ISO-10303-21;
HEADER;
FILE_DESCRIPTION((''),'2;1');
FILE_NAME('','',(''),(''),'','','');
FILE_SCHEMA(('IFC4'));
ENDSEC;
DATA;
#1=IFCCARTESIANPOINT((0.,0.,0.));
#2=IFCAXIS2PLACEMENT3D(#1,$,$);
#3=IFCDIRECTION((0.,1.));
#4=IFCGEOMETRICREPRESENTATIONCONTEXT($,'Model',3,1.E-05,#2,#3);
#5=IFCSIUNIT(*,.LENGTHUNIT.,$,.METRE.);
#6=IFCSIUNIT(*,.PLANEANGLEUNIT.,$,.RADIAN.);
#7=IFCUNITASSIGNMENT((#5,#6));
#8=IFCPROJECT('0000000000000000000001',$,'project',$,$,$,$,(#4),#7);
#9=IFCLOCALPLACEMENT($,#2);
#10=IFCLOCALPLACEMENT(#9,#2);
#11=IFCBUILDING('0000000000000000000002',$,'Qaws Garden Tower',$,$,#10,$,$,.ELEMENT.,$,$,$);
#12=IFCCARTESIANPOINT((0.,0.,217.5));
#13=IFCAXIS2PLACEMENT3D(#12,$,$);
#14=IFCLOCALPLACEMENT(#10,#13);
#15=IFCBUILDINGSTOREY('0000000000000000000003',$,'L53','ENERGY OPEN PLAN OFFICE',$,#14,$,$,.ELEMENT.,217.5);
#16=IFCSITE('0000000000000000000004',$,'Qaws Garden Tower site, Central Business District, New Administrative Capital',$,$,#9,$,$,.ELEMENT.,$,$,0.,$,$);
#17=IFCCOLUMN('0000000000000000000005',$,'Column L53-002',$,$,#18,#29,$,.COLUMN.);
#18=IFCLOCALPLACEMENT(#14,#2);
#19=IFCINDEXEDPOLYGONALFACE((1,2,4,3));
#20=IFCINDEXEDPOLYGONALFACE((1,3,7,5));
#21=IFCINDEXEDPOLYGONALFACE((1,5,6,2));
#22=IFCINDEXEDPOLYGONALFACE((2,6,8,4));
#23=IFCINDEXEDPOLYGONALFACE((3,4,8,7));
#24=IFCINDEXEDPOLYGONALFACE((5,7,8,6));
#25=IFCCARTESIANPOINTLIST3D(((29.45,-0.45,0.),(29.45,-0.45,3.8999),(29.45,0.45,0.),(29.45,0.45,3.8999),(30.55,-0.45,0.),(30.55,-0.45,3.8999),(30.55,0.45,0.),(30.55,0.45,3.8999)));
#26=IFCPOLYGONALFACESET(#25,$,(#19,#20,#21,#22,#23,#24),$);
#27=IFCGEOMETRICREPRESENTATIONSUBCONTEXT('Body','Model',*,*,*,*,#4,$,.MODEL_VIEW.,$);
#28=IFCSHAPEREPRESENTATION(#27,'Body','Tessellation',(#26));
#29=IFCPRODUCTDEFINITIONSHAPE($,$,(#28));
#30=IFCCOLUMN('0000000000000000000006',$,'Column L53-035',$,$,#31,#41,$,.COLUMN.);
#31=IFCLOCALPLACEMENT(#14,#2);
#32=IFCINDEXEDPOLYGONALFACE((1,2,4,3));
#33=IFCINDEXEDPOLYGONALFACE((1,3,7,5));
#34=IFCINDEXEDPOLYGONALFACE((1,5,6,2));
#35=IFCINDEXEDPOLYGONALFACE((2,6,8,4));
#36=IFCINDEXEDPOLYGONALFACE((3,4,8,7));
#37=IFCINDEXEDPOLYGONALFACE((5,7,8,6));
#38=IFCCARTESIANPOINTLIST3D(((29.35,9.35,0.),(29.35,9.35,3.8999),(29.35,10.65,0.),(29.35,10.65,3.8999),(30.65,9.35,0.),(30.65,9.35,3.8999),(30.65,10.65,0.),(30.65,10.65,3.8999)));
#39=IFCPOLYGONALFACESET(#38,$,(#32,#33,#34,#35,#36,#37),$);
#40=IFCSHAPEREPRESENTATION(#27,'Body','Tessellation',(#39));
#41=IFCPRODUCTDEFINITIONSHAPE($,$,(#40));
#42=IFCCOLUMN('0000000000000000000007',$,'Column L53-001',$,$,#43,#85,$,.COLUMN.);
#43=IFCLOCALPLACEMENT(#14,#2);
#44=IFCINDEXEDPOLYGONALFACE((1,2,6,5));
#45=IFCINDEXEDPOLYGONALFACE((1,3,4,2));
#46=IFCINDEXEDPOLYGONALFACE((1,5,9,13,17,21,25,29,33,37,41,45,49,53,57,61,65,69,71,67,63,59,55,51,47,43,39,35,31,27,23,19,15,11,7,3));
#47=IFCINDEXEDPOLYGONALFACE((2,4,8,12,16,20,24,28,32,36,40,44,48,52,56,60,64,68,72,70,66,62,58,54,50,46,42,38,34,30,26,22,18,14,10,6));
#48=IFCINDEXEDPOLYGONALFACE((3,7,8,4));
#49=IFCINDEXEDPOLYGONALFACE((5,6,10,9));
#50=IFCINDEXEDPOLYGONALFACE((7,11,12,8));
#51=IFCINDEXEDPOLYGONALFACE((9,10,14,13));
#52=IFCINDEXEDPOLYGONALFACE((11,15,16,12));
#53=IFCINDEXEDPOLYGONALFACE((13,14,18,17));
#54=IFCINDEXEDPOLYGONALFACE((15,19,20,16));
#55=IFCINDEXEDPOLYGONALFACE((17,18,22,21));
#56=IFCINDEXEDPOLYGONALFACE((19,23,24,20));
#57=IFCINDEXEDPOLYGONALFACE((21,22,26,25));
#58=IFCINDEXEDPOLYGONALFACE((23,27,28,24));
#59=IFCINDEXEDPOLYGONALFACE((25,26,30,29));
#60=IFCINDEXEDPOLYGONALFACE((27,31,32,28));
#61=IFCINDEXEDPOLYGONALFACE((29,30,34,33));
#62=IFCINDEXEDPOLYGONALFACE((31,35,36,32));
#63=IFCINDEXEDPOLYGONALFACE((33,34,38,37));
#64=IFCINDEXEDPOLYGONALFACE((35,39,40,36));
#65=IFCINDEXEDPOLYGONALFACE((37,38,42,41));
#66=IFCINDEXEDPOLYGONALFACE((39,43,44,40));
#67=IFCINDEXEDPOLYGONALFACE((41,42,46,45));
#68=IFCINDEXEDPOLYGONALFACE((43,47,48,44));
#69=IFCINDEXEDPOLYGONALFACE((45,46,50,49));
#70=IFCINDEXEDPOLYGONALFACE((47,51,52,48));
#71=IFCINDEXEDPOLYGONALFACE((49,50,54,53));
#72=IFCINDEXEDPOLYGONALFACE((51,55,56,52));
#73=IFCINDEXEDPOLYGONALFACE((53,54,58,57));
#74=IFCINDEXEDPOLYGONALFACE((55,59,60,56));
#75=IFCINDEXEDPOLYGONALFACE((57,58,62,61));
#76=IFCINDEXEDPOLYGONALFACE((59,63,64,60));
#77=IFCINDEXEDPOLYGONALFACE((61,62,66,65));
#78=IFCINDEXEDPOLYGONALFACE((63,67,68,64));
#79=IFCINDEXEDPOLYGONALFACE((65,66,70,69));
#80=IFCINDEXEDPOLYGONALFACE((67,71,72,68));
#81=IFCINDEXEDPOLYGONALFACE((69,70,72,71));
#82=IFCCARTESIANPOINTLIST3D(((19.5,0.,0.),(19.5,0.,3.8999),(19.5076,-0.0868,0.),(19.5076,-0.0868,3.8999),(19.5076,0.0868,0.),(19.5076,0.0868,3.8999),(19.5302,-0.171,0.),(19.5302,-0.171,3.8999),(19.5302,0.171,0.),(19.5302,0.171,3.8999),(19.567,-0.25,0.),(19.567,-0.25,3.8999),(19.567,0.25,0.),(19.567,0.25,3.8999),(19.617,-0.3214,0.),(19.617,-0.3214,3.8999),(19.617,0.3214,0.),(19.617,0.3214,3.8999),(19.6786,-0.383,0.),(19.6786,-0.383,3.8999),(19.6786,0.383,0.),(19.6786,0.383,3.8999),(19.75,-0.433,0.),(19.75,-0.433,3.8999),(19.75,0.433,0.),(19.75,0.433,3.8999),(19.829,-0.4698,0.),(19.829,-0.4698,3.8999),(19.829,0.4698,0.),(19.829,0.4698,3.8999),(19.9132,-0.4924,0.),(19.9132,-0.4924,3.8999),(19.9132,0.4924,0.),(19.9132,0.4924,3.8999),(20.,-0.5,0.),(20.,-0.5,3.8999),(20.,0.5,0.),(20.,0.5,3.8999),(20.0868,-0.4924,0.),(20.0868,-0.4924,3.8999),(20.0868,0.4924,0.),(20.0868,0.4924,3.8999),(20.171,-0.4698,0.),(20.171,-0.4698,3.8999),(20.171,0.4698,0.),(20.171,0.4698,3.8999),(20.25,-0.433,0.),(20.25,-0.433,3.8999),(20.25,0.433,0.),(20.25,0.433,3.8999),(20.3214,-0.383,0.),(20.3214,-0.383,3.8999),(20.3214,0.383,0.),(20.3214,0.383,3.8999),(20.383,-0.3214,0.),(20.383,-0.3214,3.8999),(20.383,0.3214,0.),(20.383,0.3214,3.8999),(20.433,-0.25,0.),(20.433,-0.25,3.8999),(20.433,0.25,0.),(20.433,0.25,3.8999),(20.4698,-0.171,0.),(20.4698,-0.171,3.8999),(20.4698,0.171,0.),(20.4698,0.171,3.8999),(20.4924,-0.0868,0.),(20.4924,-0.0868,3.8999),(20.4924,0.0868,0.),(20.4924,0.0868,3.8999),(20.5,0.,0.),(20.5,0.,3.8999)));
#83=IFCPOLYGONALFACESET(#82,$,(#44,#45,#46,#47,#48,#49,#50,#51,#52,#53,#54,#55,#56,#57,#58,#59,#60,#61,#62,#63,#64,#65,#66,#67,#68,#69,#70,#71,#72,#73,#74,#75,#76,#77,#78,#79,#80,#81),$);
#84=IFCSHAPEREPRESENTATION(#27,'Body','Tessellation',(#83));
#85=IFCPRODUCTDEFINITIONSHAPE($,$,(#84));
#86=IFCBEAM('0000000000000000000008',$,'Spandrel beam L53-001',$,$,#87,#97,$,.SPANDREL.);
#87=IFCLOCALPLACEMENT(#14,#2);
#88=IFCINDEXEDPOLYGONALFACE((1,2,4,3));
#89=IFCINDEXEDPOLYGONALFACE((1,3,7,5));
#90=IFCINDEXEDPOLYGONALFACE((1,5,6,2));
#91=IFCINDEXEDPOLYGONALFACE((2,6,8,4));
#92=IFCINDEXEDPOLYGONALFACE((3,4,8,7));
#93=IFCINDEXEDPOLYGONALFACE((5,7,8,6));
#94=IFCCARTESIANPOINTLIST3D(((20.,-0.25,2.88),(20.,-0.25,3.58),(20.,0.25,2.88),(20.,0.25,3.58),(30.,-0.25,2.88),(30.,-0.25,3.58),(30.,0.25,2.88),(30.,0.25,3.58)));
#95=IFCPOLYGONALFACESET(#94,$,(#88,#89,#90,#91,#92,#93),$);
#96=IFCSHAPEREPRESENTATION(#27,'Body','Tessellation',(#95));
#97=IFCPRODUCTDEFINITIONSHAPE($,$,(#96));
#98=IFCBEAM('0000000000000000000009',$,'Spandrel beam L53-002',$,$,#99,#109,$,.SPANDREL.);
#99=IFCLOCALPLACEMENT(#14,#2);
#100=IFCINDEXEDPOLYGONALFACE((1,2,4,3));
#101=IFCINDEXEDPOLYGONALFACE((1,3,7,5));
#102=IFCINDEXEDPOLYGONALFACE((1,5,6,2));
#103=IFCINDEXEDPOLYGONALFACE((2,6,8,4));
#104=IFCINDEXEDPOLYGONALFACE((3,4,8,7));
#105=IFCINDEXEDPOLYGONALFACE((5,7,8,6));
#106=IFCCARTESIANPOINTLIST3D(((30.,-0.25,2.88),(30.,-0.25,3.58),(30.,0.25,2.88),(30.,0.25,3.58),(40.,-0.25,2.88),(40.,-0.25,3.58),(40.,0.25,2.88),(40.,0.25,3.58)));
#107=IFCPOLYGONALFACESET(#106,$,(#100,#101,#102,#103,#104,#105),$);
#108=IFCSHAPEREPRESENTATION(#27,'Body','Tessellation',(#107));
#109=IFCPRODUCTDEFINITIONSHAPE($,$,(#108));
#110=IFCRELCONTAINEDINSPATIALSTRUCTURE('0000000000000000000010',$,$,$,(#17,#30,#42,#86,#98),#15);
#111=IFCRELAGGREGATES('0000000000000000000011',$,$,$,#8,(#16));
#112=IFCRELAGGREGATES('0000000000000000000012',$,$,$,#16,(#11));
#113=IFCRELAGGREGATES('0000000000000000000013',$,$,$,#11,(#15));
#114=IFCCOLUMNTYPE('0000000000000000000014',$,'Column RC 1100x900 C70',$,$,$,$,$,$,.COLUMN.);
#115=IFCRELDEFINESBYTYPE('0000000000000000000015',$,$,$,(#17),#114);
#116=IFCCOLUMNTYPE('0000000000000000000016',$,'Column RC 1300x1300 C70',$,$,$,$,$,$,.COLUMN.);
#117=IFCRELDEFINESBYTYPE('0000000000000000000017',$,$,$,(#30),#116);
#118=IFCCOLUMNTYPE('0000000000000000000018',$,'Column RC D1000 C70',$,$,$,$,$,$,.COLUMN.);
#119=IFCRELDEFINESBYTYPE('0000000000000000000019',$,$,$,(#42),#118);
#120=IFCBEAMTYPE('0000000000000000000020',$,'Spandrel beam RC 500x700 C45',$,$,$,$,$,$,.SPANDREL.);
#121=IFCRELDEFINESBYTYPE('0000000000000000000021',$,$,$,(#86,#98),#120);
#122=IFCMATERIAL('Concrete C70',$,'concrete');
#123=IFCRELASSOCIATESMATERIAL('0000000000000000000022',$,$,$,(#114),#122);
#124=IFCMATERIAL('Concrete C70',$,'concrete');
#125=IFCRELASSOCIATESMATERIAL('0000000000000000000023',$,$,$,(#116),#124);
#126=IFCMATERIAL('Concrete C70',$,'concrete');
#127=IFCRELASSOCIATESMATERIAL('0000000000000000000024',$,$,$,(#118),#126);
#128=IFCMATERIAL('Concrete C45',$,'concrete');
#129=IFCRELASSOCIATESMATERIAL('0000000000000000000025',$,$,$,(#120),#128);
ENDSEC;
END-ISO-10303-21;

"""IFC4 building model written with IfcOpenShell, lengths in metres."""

from ifc_helpers import new_model, si_unit, direction, frame, origin, origin_2d, place, context, subcontext, project, spatial, rectangle, circle, extrude, material, material_profile, profile_set, type_object, element, save


model = new_model("IFC4")

# Units and contexts
model_context = context("Model", 3, precision=1e-05, world=origin(), true_north=direction((0.0, 1.0)))
body_context = subcontext(model_context, "Body", "Model", "MODEL_VIEW")
ifc_project = project(units=[si_unit("LENGTHUNIT", "METRE"), si_unit("PLANEANGLEUNIT", "RADIAN")], contexts=[model_context])

# Site, building, storey
site_placement = place(None, origin())
site = spatial("IfcSite", under=ifc_project, at=site_placement, Name="Qaws Garden Tower site, Central Business District, New Administrative Capital", CompositionType="ELEMENT", RefElevation=0.0)
building_placement = place(site_placement, origin())
building = spatial("IfcBuilding", under=site, at=building_placement, Name="Qaws Garden Tower", CompositionType="ELEMENT")
storey_placement = place(building_placement, frame((0.0, 0.0, 217.5)))
storey = spatial("IfcBuildingStorey", under=building, at=storey_placement, Name="L53", Description="ENERGY OPEN PLAN OFFICE", CompositionType="ELEMENT", Elevation=217.5)

# Columns
ifc_material_1 = material(Name="Concrete C70", Category="concrete")
ifc_material_profile_1 = material_profile(ifc_material_1, rectangle(XDim=1.1001, YDim=0.8999, at=origin_2d()), Name="RC 1100x900")
ifc_profile_set_1 = profile_set([ifc_material_profile_1], Name="Concrete C70")
column_type_1 = type_object("IfcColumnType", Name="Column RC 1100x900 C70", PredefinedType="COLUMN", material=ifc_profile_set_1)
column_1_placement = place(storey_placement, frame((30.0, 0.0, 0.0), z_axis=(0.0, 0.0, 1.0), x_axis=(1.0, 0.0, 0.0)))
element("IfcColumn", 1, at=column_1_placement, inside=storey, type_object=column_type_1, Name="Column L53-002", PredefinedType="COLUMN", context=body_context, shape_type="SweptSolid", body=[
    extrude(rectangle(XDim=1.1001, YDim=0.8999, at=origin_2d()), origin(), (0.0, 0.0, 1.0), 3.8999),
])
ifc_material_2 = material(Name="Concrete C70", Category="concrete")
ifc_material_profile_2 = material_profile(ifc_material_2, rectangle(XDim=1.3, YDim=1.3, at=origin_2d()), Name="RC 1300x1300")
ifc_profile_set_2 = profile_set([ifc_material_profile_2], Name="Concrete C70")
column_type_2 = type_object("IfcColumnType", Name="Column RC 1300x1300 C70", PredefinedType="COLUMN", material=ifc_profile_set_2)
column_2_placement = place(storey_placement, frame((30.0, 10.0, 0.0), z_axis=(0.0, 0.0, 1.0), x_axis=(1.0, 0.0, 0.0)))
element("IfcColumn", 2, at=column_2_placement, inside=storey, type_object=column_type_2, Name="Column L53-035", PredefinedType="COLUMN", context=body_context, shape_type="SweptSolid", body=[
    extrude(rectangle(XDim=1.3, YDim=1.3, at=origin_2d()), origin(), (0.0, 0.0, 1.0), 3.8999),
])
ifc_material_3 = material(Name="Concrete C70", Category="concrete")
ifc_material_profile_3 = material_profile(ifc_material_3, circle(Radius=0.5, at=origin_2d()), Name="RC D1000")
ifc_profile_set_3 = profile_set([ifc_material_profile_3], Name="Concrete C70")
column_type_3 = type_object("IfcColumnType", Name="Column RC D1000 C70", PredefinedType="COLUMN", material=ifc_profile_set_3)
column_3_placement = place(storey_placement, frame((20.0, 0.0, 0.0), z_axis=(0.0, 0.0, 1.0), x_axis=(1.0, 0.0, 0.0)))
element("IfcColumn", 3, at=column_3_placement, inside=storey, type_object=column_type_3, Name="Column L53-001", PredefinedType="COLUMN", context=body_context, shape_type="SweptSolid", body=[
    extrude(circle(Radius=0.5, at=origin_2d()), origin(), (0.0, 0.0, 1.0), 3.8999),
])

# Beams
ifc_material_4 = material(Name="Concrete C45", Category="concrete")
ifc_material_profile_4 = material_profile(ifc_material_4, rectangle(XDim=0.5, YDim=0.7, at=origin_2d()), Name="RC 500x700")
ifc_profile_set_4 = profile_set([ifc_material_profile_4], Name="Concrete C45")
beam_type = type_object("IfcBeamType", Name="Spandrel beam RC 500x700 C45", PredefinedType="SPANDREL", material=ifc_profile_set_4)
for number, where, z_axis, x_axis, name in (
    (4, (20.0, 0.0, 3.23), (1.0, 0.0, 0.0), (0.0, 1.0, 0.0), "Spandrel beam L53-001"),
    (5, (30.0, 0.0, 3.23), (1.0, 0.0, 0.0), (0.0, 1.0, 0.0), "Spandrel beam L53-002"),
):
    element("IfcBeam", number, at=place(storey_placement, frame(where, z_axis=z_axis, x_axis=x_axis)), inside=storey, type_object=beam_type, Name=name, PredefinedType="SPANDREL", context=body_context, shape_type="SweptSolid", body=[
        extrude(rectangle(XDim=0.5, YDim=0.7, at=origin_2d()), origin(), (0.0, 0.0, 1.0), 10.0),
    ])

save(model, "model.ifc")
